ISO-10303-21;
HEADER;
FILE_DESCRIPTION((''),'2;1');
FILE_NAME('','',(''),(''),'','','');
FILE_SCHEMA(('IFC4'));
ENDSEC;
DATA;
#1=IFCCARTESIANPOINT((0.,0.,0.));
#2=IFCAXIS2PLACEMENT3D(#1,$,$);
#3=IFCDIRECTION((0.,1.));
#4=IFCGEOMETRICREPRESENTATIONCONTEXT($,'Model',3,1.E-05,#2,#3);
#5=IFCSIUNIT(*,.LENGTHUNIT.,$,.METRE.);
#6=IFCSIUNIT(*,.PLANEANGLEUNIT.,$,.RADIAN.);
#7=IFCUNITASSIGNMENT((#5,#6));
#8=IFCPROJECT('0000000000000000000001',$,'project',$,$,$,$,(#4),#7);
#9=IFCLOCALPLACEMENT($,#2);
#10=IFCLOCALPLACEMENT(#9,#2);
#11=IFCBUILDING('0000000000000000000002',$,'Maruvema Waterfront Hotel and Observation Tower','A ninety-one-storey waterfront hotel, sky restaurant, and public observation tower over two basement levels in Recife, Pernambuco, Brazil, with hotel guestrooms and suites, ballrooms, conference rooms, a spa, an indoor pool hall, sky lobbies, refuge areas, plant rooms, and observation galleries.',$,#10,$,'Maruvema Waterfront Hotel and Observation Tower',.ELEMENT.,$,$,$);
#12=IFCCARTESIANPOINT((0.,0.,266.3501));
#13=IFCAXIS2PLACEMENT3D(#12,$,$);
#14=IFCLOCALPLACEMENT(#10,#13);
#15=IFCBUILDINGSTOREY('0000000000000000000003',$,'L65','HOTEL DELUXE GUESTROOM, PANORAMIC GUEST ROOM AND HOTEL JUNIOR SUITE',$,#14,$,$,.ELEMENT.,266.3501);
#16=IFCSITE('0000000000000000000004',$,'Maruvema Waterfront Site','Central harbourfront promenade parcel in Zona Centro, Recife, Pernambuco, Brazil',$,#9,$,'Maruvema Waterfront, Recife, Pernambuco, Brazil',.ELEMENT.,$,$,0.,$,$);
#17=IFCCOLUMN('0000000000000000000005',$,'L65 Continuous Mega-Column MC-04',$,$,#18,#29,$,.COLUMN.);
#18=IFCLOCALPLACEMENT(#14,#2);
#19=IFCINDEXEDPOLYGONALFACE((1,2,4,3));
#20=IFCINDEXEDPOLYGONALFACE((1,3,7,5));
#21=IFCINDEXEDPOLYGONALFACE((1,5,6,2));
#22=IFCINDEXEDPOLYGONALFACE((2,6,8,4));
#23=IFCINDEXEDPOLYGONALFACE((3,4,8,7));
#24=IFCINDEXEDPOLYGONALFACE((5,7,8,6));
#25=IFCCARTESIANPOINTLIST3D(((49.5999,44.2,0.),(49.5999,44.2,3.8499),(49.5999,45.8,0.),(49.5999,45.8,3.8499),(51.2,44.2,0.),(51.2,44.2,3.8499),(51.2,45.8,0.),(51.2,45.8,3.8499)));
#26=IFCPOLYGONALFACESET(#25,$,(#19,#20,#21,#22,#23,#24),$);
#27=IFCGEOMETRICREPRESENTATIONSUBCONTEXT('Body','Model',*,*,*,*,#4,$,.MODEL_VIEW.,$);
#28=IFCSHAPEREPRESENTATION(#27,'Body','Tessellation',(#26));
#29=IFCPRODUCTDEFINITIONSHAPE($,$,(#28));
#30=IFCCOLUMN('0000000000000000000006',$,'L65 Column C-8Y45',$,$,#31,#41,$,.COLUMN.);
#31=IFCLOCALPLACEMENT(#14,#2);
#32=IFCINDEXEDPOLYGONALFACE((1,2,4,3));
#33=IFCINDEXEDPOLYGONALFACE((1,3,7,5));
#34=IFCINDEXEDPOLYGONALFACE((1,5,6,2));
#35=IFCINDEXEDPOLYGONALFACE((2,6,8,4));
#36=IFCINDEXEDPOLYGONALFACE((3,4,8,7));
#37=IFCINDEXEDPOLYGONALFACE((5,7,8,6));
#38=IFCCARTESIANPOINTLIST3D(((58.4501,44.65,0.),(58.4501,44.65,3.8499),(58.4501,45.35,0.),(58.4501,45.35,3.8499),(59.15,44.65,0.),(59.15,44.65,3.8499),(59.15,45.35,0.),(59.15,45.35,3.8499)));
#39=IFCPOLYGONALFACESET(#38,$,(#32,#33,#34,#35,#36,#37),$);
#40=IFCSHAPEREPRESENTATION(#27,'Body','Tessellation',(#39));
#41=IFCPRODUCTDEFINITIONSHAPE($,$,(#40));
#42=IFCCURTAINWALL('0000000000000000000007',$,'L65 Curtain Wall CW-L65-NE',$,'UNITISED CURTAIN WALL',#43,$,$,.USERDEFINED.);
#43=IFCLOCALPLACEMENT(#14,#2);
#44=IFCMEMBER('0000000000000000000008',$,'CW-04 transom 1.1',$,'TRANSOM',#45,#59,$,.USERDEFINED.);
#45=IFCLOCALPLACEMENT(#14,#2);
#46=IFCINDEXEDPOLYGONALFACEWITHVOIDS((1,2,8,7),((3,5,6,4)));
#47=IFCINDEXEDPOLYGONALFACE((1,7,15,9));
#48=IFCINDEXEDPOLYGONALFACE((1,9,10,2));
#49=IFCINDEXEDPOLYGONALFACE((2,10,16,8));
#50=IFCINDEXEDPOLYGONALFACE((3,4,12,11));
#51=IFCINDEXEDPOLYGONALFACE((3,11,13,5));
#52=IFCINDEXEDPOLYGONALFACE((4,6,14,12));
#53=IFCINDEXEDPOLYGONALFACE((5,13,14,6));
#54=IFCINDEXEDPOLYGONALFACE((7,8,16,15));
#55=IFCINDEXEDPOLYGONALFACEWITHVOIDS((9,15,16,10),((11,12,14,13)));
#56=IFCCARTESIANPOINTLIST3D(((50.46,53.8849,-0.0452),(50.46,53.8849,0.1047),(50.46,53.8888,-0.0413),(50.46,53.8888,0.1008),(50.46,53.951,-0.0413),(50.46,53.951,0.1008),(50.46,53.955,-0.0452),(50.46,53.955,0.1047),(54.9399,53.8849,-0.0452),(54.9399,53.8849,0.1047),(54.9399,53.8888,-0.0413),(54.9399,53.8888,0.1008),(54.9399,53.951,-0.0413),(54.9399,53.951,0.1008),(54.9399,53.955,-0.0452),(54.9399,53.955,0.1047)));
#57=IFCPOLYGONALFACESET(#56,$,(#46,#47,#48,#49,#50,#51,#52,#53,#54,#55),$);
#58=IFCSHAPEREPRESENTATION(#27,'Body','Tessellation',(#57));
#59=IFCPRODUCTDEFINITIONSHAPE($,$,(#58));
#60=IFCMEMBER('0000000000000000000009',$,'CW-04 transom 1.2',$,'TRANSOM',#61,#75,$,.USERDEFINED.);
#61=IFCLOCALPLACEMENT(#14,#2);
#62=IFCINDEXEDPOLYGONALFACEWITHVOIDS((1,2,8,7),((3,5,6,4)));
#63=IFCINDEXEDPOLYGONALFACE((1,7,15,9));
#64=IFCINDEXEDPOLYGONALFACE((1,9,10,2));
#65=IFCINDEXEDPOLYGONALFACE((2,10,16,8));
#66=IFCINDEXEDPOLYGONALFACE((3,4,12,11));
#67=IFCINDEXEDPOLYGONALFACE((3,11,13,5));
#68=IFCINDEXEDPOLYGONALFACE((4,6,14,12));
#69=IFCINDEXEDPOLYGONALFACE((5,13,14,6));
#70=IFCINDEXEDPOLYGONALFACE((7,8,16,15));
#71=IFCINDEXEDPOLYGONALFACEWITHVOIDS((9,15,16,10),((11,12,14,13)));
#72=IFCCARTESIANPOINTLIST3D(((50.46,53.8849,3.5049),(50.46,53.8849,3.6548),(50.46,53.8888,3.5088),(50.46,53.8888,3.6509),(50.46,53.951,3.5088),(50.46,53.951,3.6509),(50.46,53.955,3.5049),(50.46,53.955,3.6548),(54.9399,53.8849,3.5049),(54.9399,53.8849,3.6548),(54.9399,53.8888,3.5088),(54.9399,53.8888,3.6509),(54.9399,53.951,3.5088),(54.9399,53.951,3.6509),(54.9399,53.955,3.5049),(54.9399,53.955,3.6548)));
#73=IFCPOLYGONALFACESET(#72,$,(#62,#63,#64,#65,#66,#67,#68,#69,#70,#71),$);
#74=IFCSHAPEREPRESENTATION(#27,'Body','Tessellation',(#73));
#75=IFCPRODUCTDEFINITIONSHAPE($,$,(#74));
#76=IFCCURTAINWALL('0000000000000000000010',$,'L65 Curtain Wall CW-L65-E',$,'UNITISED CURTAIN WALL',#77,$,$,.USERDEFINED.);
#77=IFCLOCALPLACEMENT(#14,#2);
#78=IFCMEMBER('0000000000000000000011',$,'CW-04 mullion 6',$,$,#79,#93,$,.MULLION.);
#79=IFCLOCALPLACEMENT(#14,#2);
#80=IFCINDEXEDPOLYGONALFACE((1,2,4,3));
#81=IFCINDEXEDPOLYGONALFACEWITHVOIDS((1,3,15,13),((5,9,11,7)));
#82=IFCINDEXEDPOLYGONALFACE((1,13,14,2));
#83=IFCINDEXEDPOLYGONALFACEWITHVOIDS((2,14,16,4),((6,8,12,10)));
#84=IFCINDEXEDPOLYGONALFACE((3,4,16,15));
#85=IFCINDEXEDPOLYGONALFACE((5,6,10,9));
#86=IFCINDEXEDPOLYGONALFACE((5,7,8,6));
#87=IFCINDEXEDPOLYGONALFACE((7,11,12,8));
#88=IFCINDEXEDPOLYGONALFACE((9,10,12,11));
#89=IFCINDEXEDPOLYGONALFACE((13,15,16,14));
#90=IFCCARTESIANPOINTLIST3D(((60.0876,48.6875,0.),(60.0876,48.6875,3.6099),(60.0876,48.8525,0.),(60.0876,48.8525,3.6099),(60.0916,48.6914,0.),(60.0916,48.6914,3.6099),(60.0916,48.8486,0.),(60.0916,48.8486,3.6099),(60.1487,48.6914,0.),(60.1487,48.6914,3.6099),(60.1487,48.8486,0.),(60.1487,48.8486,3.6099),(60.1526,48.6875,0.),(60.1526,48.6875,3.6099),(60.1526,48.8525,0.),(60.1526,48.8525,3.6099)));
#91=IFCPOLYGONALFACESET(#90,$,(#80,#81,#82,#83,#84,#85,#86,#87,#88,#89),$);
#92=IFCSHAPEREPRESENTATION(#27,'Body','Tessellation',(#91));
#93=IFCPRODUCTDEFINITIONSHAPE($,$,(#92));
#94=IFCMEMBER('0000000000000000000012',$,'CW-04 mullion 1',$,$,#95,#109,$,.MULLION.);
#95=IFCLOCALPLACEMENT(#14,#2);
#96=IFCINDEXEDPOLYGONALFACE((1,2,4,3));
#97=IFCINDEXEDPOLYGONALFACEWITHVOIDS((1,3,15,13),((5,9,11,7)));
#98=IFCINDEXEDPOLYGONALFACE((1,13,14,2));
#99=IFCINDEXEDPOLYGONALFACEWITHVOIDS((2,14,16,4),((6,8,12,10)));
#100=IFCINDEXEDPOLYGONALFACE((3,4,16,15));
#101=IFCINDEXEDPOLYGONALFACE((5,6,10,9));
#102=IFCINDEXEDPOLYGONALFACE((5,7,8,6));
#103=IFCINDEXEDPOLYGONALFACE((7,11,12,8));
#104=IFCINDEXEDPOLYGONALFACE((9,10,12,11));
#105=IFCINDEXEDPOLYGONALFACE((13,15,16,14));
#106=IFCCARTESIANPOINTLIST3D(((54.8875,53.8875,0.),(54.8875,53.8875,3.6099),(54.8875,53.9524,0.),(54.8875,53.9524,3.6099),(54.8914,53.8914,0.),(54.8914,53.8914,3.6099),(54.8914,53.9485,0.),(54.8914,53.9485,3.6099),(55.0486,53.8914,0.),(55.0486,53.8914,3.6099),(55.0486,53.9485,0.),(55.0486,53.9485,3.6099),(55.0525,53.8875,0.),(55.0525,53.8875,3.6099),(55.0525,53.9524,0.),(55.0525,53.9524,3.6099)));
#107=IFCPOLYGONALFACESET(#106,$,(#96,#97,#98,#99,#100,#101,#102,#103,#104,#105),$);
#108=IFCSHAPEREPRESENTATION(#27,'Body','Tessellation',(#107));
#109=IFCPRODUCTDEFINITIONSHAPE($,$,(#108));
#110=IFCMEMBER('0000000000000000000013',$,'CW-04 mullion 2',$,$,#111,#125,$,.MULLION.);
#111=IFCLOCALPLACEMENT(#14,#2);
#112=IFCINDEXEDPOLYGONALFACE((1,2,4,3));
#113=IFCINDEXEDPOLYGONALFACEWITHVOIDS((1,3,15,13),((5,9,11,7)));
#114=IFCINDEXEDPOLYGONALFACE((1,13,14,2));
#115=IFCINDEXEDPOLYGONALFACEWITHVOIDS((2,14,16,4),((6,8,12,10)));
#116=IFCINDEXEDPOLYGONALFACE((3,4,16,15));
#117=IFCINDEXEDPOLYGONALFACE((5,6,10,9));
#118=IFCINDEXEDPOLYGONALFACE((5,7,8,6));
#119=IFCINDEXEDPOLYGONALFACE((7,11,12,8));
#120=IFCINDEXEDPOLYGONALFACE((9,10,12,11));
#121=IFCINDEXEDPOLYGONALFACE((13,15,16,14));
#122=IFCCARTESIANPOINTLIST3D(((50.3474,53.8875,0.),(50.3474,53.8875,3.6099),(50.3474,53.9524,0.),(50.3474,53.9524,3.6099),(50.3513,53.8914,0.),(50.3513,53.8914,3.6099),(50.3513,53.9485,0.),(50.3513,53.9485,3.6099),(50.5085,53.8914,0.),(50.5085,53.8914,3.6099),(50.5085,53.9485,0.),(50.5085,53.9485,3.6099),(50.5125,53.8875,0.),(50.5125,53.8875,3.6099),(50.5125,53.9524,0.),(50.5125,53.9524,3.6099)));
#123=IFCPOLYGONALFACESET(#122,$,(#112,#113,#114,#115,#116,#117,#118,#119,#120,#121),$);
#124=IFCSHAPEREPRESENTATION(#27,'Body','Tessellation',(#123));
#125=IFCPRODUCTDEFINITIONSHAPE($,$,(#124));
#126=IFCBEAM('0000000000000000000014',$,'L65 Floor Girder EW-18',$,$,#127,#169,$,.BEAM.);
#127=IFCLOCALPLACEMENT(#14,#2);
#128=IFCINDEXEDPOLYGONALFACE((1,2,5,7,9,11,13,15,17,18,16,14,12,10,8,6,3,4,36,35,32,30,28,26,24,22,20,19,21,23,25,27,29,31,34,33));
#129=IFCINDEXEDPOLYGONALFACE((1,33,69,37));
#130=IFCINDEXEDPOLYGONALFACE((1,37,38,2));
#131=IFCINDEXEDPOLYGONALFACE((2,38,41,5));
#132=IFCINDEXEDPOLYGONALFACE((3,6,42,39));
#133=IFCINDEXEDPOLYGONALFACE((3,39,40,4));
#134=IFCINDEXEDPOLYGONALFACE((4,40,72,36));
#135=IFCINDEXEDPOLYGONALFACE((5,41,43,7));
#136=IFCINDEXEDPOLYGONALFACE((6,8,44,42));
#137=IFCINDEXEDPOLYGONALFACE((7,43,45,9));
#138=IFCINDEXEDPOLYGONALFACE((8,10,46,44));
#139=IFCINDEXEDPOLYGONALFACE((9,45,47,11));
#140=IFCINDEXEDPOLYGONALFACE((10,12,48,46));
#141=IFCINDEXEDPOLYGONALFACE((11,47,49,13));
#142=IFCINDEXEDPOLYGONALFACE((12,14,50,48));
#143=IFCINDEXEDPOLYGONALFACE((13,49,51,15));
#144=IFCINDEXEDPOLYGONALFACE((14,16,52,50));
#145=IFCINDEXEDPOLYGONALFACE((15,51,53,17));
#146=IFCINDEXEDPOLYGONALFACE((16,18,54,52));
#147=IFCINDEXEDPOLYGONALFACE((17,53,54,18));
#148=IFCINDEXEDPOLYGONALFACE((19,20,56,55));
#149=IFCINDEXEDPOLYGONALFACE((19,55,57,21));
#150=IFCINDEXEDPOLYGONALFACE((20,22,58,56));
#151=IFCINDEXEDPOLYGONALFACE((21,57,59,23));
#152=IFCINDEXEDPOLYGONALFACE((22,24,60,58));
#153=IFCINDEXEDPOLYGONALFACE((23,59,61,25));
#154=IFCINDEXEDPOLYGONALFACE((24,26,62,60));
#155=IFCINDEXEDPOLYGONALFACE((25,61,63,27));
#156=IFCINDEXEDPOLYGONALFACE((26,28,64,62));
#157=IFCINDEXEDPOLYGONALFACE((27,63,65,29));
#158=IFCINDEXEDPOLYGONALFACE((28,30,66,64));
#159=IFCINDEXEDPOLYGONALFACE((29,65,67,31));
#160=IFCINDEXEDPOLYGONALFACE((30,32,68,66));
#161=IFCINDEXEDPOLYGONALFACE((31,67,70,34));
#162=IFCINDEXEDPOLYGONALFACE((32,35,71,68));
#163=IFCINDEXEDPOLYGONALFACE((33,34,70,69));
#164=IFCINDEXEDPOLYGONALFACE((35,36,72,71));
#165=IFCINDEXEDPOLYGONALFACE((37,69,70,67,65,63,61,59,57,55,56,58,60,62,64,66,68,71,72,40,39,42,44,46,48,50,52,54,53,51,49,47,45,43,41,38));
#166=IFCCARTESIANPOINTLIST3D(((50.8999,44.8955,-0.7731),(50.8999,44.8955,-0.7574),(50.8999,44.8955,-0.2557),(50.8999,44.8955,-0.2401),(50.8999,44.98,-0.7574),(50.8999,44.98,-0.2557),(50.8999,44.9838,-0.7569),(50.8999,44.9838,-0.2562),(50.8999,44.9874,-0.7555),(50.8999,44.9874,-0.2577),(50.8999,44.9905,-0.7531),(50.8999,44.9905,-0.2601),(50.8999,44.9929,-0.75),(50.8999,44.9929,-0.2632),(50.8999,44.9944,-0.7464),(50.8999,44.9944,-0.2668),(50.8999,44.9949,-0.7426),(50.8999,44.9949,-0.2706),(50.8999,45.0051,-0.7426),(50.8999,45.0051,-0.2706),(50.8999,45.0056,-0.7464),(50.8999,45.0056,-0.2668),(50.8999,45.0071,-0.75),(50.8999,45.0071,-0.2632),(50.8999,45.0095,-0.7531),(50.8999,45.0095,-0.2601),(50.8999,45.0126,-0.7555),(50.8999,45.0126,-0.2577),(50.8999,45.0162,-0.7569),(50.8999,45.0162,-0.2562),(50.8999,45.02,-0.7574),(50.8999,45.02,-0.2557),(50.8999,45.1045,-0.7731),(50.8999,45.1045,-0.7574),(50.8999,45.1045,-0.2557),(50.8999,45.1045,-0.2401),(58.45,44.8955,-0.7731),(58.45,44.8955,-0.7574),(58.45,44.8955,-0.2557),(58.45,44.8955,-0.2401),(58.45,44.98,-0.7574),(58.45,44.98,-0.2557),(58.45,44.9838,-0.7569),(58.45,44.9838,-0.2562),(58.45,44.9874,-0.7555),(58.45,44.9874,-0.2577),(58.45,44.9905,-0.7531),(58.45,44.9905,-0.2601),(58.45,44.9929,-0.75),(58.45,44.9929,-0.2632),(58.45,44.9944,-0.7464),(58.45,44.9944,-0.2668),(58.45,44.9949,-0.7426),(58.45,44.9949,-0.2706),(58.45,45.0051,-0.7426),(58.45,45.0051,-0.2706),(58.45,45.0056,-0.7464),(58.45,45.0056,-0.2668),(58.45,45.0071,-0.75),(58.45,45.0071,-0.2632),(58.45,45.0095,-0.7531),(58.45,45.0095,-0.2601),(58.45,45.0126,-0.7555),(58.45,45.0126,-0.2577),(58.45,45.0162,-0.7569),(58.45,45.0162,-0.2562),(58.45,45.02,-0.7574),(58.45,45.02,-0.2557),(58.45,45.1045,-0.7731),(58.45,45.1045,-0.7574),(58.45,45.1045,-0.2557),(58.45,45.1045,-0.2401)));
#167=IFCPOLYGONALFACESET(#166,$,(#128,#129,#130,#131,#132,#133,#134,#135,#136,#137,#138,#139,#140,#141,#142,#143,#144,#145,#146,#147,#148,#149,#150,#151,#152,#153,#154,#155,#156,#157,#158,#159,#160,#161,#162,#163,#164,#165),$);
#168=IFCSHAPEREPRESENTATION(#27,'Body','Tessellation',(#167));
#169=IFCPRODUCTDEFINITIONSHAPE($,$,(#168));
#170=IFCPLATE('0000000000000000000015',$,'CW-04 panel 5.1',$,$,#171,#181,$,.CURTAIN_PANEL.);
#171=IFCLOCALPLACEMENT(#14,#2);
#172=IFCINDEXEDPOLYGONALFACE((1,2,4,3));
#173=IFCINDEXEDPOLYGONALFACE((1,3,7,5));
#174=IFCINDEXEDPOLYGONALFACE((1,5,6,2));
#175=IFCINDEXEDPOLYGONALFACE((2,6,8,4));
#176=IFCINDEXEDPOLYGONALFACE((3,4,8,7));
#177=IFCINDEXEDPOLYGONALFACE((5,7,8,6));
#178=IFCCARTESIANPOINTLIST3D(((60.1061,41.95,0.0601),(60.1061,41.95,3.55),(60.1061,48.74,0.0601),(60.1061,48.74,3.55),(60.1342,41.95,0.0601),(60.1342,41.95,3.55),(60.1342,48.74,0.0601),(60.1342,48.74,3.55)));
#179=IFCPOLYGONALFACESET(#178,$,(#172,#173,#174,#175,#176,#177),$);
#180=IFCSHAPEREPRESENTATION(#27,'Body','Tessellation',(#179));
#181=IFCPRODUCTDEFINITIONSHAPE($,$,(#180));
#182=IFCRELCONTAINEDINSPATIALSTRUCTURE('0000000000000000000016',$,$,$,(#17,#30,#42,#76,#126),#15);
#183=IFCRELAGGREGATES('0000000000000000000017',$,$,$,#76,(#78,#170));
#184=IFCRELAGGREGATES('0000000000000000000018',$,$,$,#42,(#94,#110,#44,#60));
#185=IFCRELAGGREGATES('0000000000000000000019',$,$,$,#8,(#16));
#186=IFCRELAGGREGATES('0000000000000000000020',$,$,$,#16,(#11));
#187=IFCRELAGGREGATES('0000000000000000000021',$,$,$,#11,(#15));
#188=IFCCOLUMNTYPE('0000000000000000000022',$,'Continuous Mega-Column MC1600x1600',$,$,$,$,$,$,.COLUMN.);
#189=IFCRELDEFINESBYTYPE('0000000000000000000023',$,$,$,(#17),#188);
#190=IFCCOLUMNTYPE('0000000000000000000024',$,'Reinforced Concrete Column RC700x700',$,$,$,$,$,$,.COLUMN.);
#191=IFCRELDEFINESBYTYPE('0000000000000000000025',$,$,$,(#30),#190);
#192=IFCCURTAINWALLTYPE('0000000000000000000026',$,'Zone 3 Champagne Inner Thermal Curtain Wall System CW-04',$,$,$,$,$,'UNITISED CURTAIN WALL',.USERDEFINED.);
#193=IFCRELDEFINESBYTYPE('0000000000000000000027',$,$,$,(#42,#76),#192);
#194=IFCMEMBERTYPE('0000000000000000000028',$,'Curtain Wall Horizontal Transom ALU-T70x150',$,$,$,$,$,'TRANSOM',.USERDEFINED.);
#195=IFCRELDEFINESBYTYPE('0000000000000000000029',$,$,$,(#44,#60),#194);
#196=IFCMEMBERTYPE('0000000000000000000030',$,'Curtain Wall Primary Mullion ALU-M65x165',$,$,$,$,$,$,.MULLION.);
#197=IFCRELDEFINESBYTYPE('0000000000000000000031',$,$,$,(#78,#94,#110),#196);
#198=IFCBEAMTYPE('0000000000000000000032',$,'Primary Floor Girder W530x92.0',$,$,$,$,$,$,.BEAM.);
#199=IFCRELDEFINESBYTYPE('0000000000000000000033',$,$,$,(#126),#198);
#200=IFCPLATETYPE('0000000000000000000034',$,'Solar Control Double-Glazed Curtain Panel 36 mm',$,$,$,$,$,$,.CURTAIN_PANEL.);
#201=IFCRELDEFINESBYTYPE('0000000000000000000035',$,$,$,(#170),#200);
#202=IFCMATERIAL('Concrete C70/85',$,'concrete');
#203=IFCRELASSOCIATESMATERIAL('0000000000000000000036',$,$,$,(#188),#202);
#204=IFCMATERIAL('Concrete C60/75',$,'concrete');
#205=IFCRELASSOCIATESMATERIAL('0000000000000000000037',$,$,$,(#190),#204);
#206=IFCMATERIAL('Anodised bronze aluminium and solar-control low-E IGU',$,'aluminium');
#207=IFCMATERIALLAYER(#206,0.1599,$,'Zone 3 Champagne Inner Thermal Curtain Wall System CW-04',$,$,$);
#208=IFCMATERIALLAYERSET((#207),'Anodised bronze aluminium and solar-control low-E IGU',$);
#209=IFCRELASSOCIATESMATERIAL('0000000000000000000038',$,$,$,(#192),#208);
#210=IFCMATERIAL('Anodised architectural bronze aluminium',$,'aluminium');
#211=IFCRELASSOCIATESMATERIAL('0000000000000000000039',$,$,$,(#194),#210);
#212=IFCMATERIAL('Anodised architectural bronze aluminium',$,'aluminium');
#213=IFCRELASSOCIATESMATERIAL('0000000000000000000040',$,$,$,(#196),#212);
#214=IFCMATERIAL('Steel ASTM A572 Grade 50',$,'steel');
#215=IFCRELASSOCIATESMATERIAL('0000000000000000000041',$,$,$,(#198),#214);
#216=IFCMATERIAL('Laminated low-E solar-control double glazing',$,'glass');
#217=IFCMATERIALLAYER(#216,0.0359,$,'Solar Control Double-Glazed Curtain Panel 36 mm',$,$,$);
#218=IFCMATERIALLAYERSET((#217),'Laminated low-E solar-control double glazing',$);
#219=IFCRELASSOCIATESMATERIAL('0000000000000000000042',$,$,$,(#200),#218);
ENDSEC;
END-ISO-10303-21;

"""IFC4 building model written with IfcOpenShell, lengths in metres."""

from ifc_helpers import new_model, si_unit, direction, frame, origin, origin_2d, place, context, subcontext, project, spatial, rectangle, hollow_rectangle, i_section, extrude, material, layer, layer_set, material_profile, profile_set, type_object, element, aggregate, save


model = new_model("IFC4")

# Units and contexts
model_context = context("Model", 3, precision=1e-05, world=origin(), true_north=direction((0.0, 1.0)))
body_context = subcontext(model_context, "Body", "Model", "MODEL_VIEW")
ifc_project = project(units=[si_unit("LENGTHUNIT", "METRE"), si_unit("PLANEANGLEUNIT", "RADIAN")], contexts=[model_context])

# Site, building, storey
site_placement = place(None, origin())
site = spatial("IfcSite", under=ifc_project, at=site_placement, Name="Maruvema Waterfront Site", Description="Central harbourfront promenade parcel in Zona Centro, Recife, Pernambuco, Brazil", LongName="Maruvema Waterfront, Recife, Pernambuco, Brazil", CompositionType="ELEMENT", RefElevation=0.0)
building_placement = place(site_placement, origin())
building = spatial("IfcBuilding", under=site, at=building_placement, Name="Maruvema Waterfront Hotel and Observation Tower", Description="A ninety-one-storey waterfront hotel, sky restaurant, and public observation tower over two basement levels in Recife, Pernambuco, Brazil, with hotel guestrooms and suites, ballrooms, conference rooms, a spa, an indoor pool hall, sky lobbies, refuge areas, plant rooms, and observation galleries.", LongName="Maruvema Waterfront Hotel and Observation Tower", CompositionType="ELEMENT")
storey_placement = place(building_placement, frame((0.0, 0.0, 266.3501)))
storey = spatial("IfcBuildingStorey", under=building, at=storey_placement, Name="L65", Description="HOTEL DELUXE GUESTROOM, PANORAMIC GUEST ROOM AND HOTEL JUNIOR SUITE", CompositionType="ELEMENT", Elevation=266.3501)

# Columns
ifc_material_1 = material(Name="Concrete C70/85", Category="concrete")
ifc_material_profile_1 = material_profile(ifc_material_1, rectangle(XDim=1.6001, YDim=1.6001, at=origin_2d()), Name="MC1600x1600")
ifc_profile_set_1 = profile_set([ifc_material_profile_1], Name="Concrete C70/85")
column_type_1 = type_object("IfcColumnType", Name="Continuous Mega-Column MC1600x1600", PredefinedType="COLUMN", material=ifc_profile_set_1)
column_1_placement = place(storey_placement, frame((50.3999, 45.0, 0.0), z_axis=(0.0, 0.0, 1.0), x_axis=(1.0, 0.0, 0.0)))
element("IfcColumn", 1, at=column_1_placement, inside=storey, type_object=column_type_1, Name="L65 Continuous Mega-Column MC-04", PredefinedType="COLUMN", context=body_context, shape_type="SweptSolid", body=[
    extrude(rectangle(XDim=1.6001, YDim=1.6001, at=origin_2d()), origin(), (0.0, 0.0, 1.0), 3.8499),
])
ifc_material_2 = material(Name="Concrete C60/75", Category="concrete")
ifc_material_profile_2 = material_profile(ifc_material_2, rectangle(XDim=0.7, YDim=0.7, at=origin_2d()), Name="RC700x700")
ifc_profile_set_2 = profile_set([ifc_material_profile_2], Name="Concrete C60/75")
column_type_2 = type_object("IfcColumnType", Name="Reinforced Concrete Column RC700x700", PredefinedType="COLUMN", material=ifc_profile_set_2)
column_2_placement = place(storey_placement, frame((58.8, 45.0, 0.0), z_axis=(0.0, 0.0, 1.0), x_axis=(1.0, 0.0, 0.0)))
element("IfcColumn", 2, at=column_2_placement, inside=storey, type_object=column_type_2, Name="L65 Column C-8Y45", PredefinedType="COLUMN", context=body_context, shape_type="SweptSolid", body=[
    extrude(rectangle(XDim=0.7, YDim=0.7, at=origin_2d()), origin(), (0.0, 0.0, 1.0), 3.8499),
])

# Curtain wall, members
ifc_material_3 = material(Name="Anodised bronze aluminium and solar-control low-E IGU", Category="aluminium")
ifc_layer_1 = layer(ifc_material_3, 0.1599, Name="Zone 3 Champagne Inner Thermal Curtain Wall System CW-04")
ifc_layer_set_1 = layer_set([ifc_layer_1], Name="Anodised bronze aluminium and solar-control low-E IGU")
curtain_wall_type = type_object("IfcCurtainWallType", Name="Zone 3 Champagne Inner Thermal Curtain Wall System CW-04", ElementType="UNITISED CURTAIN WALL", PredefinedType="USERDEFINED", material=ifc_layer_set_1)
curtain_wall_1_placement = place(storey_placement, origin())
curtain_wall_1 = element("IfcCurtainWall", 3, at=curtain_wall_1_placement, inside=storey, type_object=curtain_wall_type, Name="L65 Curtain Wall CW-L65-NE", ObjectType="UNITISED CURTAIN WALL", PredefinedType="USERDEFINED")
ifc_material_4 = material(Name="Anodised architectural bronze aluminium", Category="aluminium")
ifc_material_profile_3 = material_profile(ifc_material_4, hollow_rectangle(XDim=0.0701, YDim=0.1499, WallThickness=0.0039, at=origin_2d()), Name="ALU-T70x150")
ifc_profile_set_3 = profile_set([ifc_material_profile_3], Name="Anodised architectural bronze aluminium")
member_type_1 = type_object("IfcMemberType", Name="Curtain Wall Horizontal Transom ALU-T70x150", ElementType="TRANSOM", PredefinedType="USERDEFINED", material=ifc_profile_set_3)
member_1_placement = place(storey_placement, frame((54.9399, 53.9199, 0.0298), z_axis=(-1.0, 0.0, 0.0), x_axis=(0.0, -1.0, 0.0)))
member_1 = element("IfcMember", 4, at=member_1_placement, type_object=member_type_1, Name="CW-04 transom 1.1", ObjectType="TRANSOM", PredefinedType="USERDEFINED", context=body_context, shape_type="SweptSolid", body=[
    extrude(hollow_rectangle(XDim=0.0701, YDim=0.1499, WallThickness=0.0039, at=origin_2d()), origin(), (0.0, 0.0, 1.0), 4.48),
])
member_2_placement = place(storey_placement, frame((54.9399, 53.9199, 3.5798), z_axis=(-1.0, 0.0, 0.0), x_axis=(0.0, -1.0, 0.0)))
member_2 = element("IfcMember", 5, at=member_2_placement, type_object=member_type_1, Name="CW-04 transom 1.2", ObjectType="TRANSOM", PredefinedType="USERDEFINED", context=body_context, shape_type="SweptSolid", body=[
    extrude(hollow_rectangle(XDim=0.0701, YDim=0.1499, WallThickness=0.0039, at=origin_2d()), origin(), (0.0, 0.0, 1.0), 4.48),
])

# Curtain wall, member
curtain_wall_2_placement = place(storey_placement, origin())
curtain_wall_2 = element("IfcCurtainWall", 6, at=curtain_wall_2_placement, inside=storey, type_object=curtain_wall_type, Name="L65 Curtain Wall CW-L65-E", ObjectType="UNITISED CURTAIN WALL", PredefinedType="USERDEFINED")
ifc_material_5 = material(Name="Anodised architectural bronze aluminium", Category="aluminium")
ifc_material_profile_4 = material_profile(ifc_material_5, hollow_rectangle(XDim=0.0649, YDim=0.165, WallThickness=0.0039, at=origin_2d()), Name="ALU-M65x165")
ifc_profile_set_4 = profile_set([ifc_material_profile_4], Name="Anodised architectural bronze aluminium")
member_type_2 = type_object("IfcMemberType", Name="Curtain Wall Primary Mullion ALU-M65x165", PredefinedType="MULLION", material=ifc_profile_set_4)
member_3_placement = place(storey_placement, frame((60.1201, 48.77, 0.0), z_axis=(0.0, 0.0, 1.0), x_axis=(-1.0, 0.0, 0.0)))
member_3 = element("IfcMember", 7, at=member_3_placement, type_object=member_type_2, Name="CW-04 mullion 6", PredefinedType="MULLION", context=body_context, shape_type="SweptSolid", body=[
    extrude(hollow_rectangle(XDim=0.0649, YDim=0.165, WallThickness=0.0039, at=origin_2d()), origin(), (0.0, 0.0, 1.0), 3.6099),
])

# Members
member_4_placement = place(storey_placement, frame((54.97, 53.9199, 0.0), z_axis=(0.0, 0.0, 1.0), x_axis=(0.0, -1.0, 0.0)))
member_4 = element("IfcMember", 8, at=member_4_placement, type_object=member_type_2, Name="CW-04 mullion 1", PredefinedType="MULLION", context=body_context, shape_type="SweptSolid", body=[
    extrude(hollow_rectangle(XDim=0.0649, YDim=0.165, WallThickness=0.0039, at=origin_2d()), origin(), (0.0, 0.0, 1.0), 3.6099),
])
member_5_placement = place(storey_placement, frame((50.4299, 53.9199, 0.0), z_axis=(0.0, 0.0, 1.0), x_axis=(0.0, -1.0, 0.0)))
member_5 = element("IfcMember", 9, at=member_5_placement, type_object=member_type_2, Name="CW-04 mullion 2", PredefinedType="MULLION", context=body_context, shape_type="SweptSolid", body=[
    extrude(hollow_rectangle(XDim=0.0649, YDim=0.165, WallThickness=0.0039, at=origin_2d()), origin(), (0.0, 0.0, 1.0), 3.6099),
])

# Beam
ifc_material_6 = material(Name="Steel ASTM A572 Grade 50", Category="steel")
ifc_material_profile_5 = material_profile(ifc_material_6, i_section(OverallWidth=0.209, OverallDepth=0.533, WebThickness=0.0103, FlangeThickness=0.0156, FilletRadius=0.0149, at=origin_2d()), Name="W530x92.0")
ifc_profile_set_5 = profile_set([ifc_material_profile_5], Name="Steel ASTM A572 Grade 50")
beam_type = type_object("IfcBeamType", Name="Primary Floor Girder W530x92.0", PredefinedType="BEAM", material=ifc_profile_set_5)
beam_placement = place(storey_placement, frame((50.8999, 45.0, -0.5066), z_axis=(1.0, 0.0, 0.0), x_axis=(0.0, 1.0, 0.0)))
element("IfcBeam", 10, at=beam_placement, inside=storey, type_object=beam_type, Name="L65 Floor Girder EW-18", PredefinedType="BEAM", context=body_context, shape_type="SweptSolid", body=[
    extrude(i_section(OverallWidth=0.209, OverallDepth=0.533, WebThickness=0.0103, FlangeThickness=0.0156, FilletRadius=0.0149, at=origin_2d()), origin(), (0.0, 0.0, 1.0), 7.55),
])

# Plate
ifc_material_7 = material(Name="Laminated low-E solar-control double glazing", Category="glass")
ifc_layer_2 = layer(ifc_material_7, 0.0359, Name="Solar Control Double-Glazed Curtain Panel 36 mm")
ifc_layer_set_2 = layer_set([ifc_layer_2], Name="Laminated low-E solar-control double glazing")
plate_type = type_object("IfcPlateType", Name="Solar Control Double-Glazed Curtain Panel 36 mm", PredefinedType="CURTAIN_PANEL", material=ifc_layer_set_2)
plate_1_placement = place(storey_placement, frame((60.1201, 45.345, 0.0601), z_axis=(0.0, 0.0, 1.0), x_axis=(0.0, 1.0, 0.0)))
plate_1 = element("IfcPlate", 11, at=plate_1_placement, type_object=plate_type, Name="CW-04 panel 5.1", PredefinedType="CURTAIN_PANEL", context=body_context, shape_type="SweptSolid", body=[
    extrude(rectangle(XDim=6.79, YDim=0.0281, at=origin_2d()), origin(), (0.0, 0.0, 1.0), 3.49),
])
aggregate(curtain_wall_2, [member_3, plate_1])
aggregate(curtain_wall_1, [member_4, member_5, member_1, member_2])

save(model, "model.ifc")
